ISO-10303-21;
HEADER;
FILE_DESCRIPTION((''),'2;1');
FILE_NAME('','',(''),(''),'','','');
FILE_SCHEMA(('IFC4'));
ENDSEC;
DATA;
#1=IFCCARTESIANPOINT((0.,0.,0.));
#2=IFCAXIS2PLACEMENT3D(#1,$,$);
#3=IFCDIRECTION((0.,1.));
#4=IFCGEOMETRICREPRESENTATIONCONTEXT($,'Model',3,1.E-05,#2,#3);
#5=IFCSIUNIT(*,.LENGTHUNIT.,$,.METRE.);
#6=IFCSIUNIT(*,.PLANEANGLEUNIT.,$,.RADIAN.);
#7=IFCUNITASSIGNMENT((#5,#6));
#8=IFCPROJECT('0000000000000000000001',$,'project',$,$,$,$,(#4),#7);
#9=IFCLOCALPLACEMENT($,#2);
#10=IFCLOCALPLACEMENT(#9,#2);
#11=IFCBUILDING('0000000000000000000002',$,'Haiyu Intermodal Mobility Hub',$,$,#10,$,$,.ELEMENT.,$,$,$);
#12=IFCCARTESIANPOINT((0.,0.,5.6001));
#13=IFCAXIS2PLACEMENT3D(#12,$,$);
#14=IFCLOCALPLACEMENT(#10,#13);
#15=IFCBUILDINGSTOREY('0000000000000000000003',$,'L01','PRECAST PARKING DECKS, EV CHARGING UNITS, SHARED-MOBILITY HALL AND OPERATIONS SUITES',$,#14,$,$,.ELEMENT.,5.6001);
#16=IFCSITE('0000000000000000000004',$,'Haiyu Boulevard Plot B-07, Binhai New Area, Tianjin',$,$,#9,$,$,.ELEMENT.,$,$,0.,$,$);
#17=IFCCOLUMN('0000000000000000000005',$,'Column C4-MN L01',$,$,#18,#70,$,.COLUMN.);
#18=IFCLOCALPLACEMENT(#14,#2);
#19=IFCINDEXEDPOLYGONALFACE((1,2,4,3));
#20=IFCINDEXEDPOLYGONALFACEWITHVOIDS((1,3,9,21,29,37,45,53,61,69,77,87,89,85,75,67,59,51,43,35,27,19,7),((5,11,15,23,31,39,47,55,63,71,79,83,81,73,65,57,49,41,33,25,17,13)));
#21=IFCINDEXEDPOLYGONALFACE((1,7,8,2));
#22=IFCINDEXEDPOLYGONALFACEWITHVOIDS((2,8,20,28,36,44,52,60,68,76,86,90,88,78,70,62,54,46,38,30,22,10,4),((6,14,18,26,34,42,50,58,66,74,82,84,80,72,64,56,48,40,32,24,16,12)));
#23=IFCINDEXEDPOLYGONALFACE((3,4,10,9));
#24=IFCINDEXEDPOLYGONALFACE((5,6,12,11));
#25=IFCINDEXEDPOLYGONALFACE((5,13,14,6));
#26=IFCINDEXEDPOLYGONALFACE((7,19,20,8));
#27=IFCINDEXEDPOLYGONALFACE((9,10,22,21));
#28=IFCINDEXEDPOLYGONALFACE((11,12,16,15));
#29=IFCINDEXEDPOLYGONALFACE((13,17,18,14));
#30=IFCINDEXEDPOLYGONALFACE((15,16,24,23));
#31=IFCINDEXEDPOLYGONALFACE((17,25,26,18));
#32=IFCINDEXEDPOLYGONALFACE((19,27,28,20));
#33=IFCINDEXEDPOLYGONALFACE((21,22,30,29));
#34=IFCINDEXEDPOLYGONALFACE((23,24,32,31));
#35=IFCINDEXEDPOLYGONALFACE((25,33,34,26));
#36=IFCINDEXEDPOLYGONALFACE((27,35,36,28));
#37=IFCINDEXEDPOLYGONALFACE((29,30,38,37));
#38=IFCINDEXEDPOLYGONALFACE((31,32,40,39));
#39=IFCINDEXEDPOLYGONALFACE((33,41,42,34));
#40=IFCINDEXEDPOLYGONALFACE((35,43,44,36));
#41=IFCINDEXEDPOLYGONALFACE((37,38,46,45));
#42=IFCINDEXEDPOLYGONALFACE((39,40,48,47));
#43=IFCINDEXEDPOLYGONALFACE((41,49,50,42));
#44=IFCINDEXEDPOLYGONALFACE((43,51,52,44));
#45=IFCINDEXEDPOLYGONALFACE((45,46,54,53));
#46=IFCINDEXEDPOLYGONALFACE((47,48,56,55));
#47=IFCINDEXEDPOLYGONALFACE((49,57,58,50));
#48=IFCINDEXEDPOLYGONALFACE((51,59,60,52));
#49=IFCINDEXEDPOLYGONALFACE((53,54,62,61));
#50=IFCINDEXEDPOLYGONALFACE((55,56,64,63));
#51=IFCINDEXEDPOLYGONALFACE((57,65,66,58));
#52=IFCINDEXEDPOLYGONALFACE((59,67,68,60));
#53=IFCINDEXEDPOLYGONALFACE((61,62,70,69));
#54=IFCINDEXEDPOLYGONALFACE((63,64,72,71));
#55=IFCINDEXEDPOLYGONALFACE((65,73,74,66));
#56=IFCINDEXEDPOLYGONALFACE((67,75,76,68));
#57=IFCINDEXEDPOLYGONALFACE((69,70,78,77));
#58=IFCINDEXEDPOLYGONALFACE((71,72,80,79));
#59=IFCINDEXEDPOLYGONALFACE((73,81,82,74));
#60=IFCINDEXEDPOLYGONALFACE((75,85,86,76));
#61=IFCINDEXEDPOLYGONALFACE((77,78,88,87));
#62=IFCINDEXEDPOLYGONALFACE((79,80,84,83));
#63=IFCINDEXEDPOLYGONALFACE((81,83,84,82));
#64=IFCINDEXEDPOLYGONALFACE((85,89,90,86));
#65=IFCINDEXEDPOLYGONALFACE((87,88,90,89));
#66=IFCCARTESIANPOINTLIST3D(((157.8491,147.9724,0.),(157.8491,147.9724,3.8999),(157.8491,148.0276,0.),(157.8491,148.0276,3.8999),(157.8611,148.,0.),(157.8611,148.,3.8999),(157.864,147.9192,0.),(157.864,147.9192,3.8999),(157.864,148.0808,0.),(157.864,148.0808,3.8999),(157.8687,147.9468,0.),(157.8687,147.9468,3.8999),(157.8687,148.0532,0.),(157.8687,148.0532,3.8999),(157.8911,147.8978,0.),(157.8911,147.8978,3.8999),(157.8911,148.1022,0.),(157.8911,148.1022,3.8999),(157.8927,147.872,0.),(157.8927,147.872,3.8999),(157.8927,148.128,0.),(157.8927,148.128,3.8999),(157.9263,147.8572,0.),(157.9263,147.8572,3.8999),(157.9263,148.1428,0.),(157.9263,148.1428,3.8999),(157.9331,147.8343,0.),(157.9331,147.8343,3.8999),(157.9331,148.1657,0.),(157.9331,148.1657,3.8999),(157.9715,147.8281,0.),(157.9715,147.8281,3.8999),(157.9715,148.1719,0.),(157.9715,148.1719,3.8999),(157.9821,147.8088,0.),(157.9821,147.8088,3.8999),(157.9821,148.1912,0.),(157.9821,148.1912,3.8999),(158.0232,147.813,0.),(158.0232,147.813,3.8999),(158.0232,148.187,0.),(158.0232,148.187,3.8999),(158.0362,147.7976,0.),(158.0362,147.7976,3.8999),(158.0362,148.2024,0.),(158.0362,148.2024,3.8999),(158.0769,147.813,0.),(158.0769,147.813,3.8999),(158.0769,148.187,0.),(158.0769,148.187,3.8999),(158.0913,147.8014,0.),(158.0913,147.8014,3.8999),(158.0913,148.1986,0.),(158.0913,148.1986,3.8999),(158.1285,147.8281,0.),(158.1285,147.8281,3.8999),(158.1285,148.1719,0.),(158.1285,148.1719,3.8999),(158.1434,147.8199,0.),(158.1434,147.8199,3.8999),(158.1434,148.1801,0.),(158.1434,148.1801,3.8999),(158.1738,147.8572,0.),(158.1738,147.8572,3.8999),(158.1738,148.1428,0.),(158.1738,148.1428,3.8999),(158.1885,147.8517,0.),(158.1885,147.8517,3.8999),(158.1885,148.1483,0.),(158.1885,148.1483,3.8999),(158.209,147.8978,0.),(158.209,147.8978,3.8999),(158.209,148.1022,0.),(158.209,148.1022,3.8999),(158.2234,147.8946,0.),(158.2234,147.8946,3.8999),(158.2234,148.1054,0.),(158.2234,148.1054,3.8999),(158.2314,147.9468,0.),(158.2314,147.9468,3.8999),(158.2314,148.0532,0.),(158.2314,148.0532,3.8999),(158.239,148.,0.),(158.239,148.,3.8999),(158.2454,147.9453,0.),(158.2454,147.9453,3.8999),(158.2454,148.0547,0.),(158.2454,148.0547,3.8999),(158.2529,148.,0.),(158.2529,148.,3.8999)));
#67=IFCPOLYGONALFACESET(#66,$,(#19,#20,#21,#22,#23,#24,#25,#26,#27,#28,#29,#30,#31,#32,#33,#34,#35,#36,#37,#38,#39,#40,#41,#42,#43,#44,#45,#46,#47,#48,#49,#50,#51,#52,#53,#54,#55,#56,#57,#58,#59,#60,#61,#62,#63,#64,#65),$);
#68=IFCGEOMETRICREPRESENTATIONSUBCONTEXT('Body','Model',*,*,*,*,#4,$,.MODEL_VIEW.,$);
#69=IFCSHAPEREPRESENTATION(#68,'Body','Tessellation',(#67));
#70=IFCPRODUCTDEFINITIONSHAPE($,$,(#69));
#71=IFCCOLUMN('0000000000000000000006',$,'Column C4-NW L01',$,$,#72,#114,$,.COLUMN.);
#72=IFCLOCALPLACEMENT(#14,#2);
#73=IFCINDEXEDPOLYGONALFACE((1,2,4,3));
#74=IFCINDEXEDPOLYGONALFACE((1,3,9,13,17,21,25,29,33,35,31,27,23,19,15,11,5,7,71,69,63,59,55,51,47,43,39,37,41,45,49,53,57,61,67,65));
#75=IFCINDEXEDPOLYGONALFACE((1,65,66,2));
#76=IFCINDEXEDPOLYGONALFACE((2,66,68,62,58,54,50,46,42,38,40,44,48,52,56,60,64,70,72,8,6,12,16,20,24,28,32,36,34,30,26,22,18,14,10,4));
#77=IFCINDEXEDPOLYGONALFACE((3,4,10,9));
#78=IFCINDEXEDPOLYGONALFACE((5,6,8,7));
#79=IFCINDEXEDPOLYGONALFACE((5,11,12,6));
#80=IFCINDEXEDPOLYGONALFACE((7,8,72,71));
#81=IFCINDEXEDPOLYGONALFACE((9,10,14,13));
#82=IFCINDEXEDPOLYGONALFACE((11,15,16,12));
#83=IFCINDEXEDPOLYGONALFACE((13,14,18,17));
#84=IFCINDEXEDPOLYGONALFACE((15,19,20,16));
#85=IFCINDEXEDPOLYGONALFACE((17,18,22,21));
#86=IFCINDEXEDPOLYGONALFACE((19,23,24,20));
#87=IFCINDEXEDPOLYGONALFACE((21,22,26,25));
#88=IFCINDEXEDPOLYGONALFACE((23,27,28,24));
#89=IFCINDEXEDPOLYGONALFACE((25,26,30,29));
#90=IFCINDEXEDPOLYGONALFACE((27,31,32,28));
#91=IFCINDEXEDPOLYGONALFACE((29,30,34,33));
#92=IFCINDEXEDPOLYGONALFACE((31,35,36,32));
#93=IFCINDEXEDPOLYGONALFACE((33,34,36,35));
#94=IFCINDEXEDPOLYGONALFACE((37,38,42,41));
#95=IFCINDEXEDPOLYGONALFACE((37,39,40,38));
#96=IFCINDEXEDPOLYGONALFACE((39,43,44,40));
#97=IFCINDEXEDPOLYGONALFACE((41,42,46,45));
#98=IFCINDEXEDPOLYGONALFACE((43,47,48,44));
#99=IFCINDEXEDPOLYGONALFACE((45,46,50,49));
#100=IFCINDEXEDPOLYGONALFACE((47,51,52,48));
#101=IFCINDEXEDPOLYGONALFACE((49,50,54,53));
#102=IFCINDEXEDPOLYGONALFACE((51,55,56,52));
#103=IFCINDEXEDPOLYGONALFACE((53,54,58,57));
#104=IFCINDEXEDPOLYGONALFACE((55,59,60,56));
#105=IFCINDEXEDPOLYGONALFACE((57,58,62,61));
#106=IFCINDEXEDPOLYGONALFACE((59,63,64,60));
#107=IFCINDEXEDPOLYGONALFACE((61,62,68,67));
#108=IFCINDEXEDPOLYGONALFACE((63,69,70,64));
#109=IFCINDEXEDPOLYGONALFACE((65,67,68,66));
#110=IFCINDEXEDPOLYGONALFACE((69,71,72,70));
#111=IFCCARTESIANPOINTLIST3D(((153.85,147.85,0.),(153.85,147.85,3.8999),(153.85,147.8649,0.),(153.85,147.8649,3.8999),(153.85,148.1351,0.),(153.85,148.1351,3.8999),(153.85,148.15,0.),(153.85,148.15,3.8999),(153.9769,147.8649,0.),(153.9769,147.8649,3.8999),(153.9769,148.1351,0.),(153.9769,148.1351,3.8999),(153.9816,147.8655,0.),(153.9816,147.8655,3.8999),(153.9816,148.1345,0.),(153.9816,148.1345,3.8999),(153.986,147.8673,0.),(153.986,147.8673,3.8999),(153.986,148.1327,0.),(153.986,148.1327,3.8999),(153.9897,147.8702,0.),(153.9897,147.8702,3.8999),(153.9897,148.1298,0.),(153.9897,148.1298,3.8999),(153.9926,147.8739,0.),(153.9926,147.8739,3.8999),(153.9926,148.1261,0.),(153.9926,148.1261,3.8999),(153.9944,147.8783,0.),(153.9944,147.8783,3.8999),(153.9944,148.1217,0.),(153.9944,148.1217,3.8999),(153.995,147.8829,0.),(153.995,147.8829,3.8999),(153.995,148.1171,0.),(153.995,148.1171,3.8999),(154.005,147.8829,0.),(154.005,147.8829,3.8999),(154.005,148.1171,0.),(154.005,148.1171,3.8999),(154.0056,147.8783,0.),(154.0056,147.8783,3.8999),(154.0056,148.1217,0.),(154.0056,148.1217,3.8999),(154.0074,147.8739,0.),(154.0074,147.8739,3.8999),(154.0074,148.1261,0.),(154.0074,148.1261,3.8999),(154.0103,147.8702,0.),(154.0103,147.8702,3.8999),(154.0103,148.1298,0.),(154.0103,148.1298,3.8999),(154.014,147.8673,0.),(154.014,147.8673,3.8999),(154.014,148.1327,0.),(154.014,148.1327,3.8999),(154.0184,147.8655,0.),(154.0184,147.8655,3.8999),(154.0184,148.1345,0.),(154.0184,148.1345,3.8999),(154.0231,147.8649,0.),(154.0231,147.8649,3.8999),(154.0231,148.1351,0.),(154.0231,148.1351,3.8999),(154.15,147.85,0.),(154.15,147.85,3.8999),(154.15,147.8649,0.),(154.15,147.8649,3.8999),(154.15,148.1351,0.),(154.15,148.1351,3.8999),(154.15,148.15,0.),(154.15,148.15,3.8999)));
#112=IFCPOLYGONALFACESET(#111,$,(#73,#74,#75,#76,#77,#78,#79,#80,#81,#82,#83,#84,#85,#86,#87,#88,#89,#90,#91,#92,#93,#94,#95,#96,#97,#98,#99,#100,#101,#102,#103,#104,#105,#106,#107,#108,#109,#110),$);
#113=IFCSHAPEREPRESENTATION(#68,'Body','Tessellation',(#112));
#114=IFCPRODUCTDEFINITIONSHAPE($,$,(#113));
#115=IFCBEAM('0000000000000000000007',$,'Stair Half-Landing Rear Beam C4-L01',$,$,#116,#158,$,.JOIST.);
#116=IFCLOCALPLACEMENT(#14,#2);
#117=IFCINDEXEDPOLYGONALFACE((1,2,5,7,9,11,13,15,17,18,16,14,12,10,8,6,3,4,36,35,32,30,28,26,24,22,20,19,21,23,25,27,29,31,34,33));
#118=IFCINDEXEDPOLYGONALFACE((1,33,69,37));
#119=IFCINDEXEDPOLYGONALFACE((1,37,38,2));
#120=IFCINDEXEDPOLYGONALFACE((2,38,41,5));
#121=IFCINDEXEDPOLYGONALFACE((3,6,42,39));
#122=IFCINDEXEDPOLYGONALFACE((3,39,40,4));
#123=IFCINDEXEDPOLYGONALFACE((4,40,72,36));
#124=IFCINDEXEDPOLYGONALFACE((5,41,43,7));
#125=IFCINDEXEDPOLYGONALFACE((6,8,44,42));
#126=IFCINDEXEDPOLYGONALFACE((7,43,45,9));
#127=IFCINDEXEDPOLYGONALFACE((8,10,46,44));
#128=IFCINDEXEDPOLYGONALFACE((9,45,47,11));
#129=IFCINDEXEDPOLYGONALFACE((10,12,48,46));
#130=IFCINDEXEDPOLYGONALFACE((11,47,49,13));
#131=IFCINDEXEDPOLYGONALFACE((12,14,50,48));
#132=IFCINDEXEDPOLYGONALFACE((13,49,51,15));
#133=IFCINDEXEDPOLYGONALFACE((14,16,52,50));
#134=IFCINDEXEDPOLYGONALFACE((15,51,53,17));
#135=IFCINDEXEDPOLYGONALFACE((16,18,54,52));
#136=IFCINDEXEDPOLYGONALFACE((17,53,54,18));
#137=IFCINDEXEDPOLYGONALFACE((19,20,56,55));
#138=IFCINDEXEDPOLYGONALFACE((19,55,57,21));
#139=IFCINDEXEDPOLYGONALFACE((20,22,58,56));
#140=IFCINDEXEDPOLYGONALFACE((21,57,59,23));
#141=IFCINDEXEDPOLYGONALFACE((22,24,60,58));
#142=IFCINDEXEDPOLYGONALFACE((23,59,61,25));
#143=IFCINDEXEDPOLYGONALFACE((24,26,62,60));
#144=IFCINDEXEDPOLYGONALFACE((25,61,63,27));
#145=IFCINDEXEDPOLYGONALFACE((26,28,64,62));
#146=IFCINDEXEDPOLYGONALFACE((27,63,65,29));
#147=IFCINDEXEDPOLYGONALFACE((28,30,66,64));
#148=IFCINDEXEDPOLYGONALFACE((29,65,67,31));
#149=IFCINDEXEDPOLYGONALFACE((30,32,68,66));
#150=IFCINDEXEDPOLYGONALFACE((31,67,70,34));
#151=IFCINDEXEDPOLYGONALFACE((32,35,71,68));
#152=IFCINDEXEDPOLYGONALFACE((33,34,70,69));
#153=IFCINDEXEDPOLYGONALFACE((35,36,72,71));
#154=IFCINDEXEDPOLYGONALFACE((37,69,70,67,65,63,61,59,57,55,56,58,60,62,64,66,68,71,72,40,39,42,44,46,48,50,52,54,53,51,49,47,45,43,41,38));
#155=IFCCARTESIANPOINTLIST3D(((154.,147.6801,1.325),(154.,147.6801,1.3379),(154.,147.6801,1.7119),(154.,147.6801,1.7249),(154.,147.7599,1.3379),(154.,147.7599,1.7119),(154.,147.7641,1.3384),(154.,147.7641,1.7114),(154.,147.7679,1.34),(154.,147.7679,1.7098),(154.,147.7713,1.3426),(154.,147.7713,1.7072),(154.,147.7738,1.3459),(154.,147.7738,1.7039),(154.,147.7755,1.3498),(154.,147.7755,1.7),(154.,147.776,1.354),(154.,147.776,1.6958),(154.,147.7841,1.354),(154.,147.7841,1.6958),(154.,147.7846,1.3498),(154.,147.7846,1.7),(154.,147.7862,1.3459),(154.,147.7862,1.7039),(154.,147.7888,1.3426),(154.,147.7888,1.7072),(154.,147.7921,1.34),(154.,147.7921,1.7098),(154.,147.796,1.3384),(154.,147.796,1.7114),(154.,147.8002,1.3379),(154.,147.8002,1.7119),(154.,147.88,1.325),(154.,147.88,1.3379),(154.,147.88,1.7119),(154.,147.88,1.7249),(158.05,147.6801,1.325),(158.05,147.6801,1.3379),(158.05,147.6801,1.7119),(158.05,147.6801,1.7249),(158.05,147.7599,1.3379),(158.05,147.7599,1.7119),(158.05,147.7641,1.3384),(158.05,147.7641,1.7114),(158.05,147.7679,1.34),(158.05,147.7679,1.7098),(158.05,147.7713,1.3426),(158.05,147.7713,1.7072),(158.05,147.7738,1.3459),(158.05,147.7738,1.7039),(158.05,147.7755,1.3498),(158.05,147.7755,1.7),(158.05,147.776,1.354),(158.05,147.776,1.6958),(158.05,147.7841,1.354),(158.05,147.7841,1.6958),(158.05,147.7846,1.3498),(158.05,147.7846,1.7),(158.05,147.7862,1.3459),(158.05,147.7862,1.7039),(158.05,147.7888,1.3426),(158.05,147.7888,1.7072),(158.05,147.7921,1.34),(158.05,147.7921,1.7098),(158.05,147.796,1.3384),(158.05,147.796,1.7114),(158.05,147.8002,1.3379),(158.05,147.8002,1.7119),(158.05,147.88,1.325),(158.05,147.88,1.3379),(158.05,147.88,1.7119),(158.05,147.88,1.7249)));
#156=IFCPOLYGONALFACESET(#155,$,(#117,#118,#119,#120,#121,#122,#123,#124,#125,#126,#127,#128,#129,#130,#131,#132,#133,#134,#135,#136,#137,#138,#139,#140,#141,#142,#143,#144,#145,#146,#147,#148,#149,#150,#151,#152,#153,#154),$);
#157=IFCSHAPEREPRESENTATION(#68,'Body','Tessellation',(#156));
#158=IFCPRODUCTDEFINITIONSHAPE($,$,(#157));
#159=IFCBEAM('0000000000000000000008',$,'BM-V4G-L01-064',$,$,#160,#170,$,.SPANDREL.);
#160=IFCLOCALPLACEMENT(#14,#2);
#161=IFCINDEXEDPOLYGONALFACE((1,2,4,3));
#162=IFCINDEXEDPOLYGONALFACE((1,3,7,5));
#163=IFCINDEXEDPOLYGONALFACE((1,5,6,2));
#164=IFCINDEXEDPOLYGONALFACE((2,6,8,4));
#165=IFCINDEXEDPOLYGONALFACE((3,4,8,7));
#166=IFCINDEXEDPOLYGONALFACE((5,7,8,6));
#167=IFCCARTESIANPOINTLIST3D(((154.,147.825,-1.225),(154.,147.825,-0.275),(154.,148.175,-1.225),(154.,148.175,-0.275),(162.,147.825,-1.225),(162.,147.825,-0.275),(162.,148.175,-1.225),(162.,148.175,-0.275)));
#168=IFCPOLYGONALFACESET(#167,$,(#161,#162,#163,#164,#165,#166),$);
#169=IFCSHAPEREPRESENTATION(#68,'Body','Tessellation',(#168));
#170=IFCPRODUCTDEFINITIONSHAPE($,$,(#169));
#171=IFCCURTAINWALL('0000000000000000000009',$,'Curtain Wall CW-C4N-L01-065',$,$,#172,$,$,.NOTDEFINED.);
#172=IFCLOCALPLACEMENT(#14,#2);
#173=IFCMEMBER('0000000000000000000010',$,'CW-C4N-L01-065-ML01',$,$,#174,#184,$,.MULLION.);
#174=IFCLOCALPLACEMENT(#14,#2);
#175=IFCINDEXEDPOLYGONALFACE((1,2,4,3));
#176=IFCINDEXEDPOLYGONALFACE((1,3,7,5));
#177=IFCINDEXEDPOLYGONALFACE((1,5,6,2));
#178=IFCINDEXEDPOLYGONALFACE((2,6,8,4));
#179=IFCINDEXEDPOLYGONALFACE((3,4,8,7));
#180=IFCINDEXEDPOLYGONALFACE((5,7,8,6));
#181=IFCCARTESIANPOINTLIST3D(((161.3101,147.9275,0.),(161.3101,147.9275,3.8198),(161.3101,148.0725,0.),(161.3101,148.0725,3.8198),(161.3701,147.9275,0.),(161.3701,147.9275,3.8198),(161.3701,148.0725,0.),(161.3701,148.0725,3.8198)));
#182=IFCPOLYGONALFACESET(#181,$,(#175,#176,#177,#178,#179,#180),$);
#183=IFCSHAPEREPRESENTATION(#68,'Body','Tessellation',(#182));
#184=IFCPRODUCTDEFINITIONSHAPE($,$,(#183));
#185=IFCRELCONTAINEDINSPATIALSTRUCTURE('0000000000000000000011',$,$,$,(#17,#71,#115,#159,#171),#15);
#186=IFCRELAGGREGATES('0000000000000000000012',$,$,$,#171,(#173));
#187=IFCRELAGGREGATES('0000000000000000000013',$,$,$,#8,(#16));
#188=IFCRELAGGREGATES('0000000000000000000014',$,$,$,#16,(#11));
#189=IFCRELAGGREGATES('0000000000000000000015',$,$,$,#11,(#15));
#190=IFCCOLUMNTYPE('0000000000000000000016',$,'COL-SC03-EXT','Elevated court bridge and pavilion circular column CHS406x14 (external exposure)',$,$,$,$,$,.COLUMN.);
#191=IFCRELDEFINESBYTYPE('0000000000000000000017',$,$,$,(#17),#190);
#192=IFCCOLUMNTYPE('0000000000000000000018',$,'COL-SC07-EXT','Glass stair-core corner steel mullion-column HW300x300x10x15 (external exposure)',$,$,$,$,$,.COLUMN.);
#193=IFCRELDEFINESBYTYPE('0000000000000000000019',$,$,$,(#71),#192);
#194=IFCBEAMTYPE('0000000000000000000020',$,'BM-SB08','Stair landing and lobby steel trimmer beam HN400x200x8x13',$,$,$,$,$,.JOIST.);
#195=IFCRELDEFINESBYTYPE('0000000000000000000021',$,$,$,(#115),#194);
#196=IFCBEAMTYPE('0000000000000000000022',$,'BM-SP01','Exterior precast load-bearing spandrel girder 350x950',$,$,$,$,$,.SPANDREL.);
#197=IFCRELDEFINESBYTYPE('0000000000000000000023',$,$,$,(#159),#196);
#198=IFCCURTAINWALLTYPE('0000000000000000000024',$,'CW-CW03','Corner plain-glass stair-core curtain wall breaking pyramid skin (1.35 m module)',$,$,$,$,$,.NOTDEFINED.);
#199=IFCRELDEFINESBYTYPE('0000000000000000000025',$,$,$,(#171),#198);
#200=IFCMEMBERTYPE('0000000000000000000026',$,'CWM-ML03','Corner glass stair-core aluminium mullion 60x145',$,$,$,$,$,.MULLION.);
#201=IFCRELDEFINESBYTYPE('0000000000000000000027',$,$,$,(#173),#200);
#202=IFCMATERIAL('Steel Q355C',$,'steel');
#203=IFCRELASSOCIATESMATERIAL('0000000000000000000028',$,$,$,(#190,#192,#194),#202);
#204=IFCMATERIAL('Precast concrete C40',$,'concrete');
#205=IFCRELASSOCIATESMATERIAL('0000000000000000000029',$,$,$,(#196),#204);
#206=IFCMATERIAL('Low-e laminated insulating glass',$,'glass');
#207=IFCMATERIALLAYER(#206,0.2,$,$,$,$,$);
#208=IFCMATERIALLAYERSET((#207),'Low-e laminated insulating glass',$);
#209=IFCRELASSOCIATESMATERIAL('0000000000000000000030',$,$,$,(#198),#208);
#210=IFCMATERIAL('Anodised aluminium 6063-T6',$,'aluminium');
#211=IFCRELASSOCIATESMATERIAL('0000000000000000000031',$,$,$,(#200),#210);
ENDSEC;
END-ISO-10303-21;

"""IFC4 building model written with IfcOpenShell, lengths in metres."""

from ifc_helpers import new_model, si_unit, direction, frame, origin, origin_2d, place, context, subcontext, project, spatial, rectangle, hollow_circle, i_section, extrude, material, layer, layer_set, material_profile, profile_set, type_object, element, aggregate, save


model = new_model("IFC4")

# Units and contexts
model_context = context("Model", 3, precision=1e-05, world=origin(), true_north=direction((0.0, 1.0)))
body_context = subcontext(model_context, "Body", "Model", "MODEL_VIEW")
ifc_project = project(units=[si_unit("LENGTHUNIT", "METRE"), si_unit("PLANEANGLEUNIT", "RADIAN")], contexts=[model_context])

# Site, building, storey
site_placement = place(None, origin())
site = spatial("IfcSite", under=ifc_project, at=site_placement, Name="Haiyu Boulevard Plot B-07, Binhai New Area, Tianjin", CompositionType="ELEMENT", RefElevation=0.0)
building_placement = place(site_placement, origin())
building = spatial("IfcBuilding", under=site, at=building_placement, Name="Haiyu Intermodal Mobility Hub", CompositionType="ELEMENT")
storey_placement = place(building_placement, frame((0.0, 0.0, 5.6001)))
storey = spatial("IfcBuildingStorey", under=building, at=storey_placement, Name="L01", Description="PRECAST PARKING DECKS, EV CHARGING UNITS, SHARED-MOBILITY HALL AND OPERATIONS SUITES", CompositionType="ELEMENT", Elevation=5.6001)

# Columns
ifc_material_1 = material(Name="Steel Q355C", Category="steel")
ifc_material_profile_1 = material_profile(ifc_material_1, hollow_circle(Radius=0.2029, WallThickness=0.0139, at=origin_2d()), Name="CHS406x14")
ifc_profile_set_1 = profile_set([ifc_material_profile_1], Name="Steel Q355C")
column_type_1 = type_object("IfcColumnType", Name="COL-SC03-EXT", Description="Elevated court bridge and pavilion circular column CHS406x14 (external exposure)", PredefinedType="COLUMN", material=ifc_profile_set_1)
column_1_placement = place(storey_placement, frame((158.05, 148.0, 0.0), z_axis=(0.0, 0.0, 1.0), x_axis=(1.0, 0.0, 0.0)))
element("IfcColumn", 1, at=column_1_placement, inside=storey, type_object=column_type_1, Name="Column C4-MN L01", PredefinedType="COLUMN", context=body_context, shape_type="SweptSolid", body=[
    extrude(hollow_circle(Radius=0.2029, WallThickness=0.0139, at=origin_2d()), origin(), (0.0, 0.0, 1.0), 3.8999),
])
ifc_material_profile_2 = material_profile(ifc_material_1, i_section(OverallWidth=0.3, OverallDepth=0.3, WebThickness=0.01, FlangeThickness=0.0149, FilletRadius=0.0181, at=origin_2d()), Name="HW300x300x10x15")
ifc_profile_set_2 = profile_set([ifc_material_profile_2], Name="Steel Q355C")
column_type_2 = type_object("IfcColumnType", Name="COL-SC07-EXT", Description="Glass stair-core corner steel mullion-column HW300x300x10x15 (external exposure)", PredefinedType="COLUMN", material=ifc_profile_set_2)
column_2_placement = place(storey_placement, frame((154.0, 148.0, 0.0), z_axis=(0.0, 0.0, 1.0), x_axis=(1.0, 0.0, 0.0)))
element("IfcColumn", 2, at=column_2_placement, inside=storey, type_object=column_type_2, Name="Column C4-NW L01", PredefinedType="COLUMN", context=body_context, shape_type="SweptSolid", body=[
    extrude(i_section(OverallWidth=0.3, OverallDepth=0.3, WebThickness=0.01, FlangeThickness=0.0149, FilletRadius=0.0181, at=origin_2d()), origin(), (0.0, 0.0, 1.0), 3.8999),
])

# Beams
ifc_material_profile_3 = material_profile(ifc_material_1, i_section(OverallWidth=0.2, OverallDepth=0.3999, WebThickness=0.0081, FlangeThickness=0.0129, FilletRadius=0.0161, at=origin_2d()), Name="HN400x200x8x13")
ifc_profile_set_3 = profile_set([ifc_material_profile_3], Name="Steel Q355C")
beam_type_1 = type_object("IfcBeamType", Name="BM-SB08", Description="Stair landing and lobby steel trimmer beam HN400x200x8x13", PredefinedType="JOIST", material=ifc_profile_set_3)
beam_1_placement = place(storey_placement, frame((154.0, 147.78, 1.5249), z_axis=(1.0, 0.0, 0.0), x_axis=(0.0, 1.0, 0.0)))
element("IfcBeam", 3, at=beam_1_placement, inside=storey, type_object=beam_type_1, Name="Stair Half-Landing Rear Beam C4-L01", PredefinedType="JOIST", context=body_context, shape_type="SweptSolid", body=[
    extrude(i_section(OverallWidth=0.2, OverallDepth=0.3999, WebThickness=0.0081, FlangeThickness=0.0129, FilletRadius=0.0161, at=origin_2d()), origin(), (0.0, 0.0, 1.0), 4.05),
])
ifc_material_2 = material(Name="Precast concrete C40", Category="concrete")
ifc_material_profile_4 = material_profile(ifc_material_2, rectangle(XDim=0.3501, YDim=0.95, at=origin_2d()), Name="PC350x950")
ifc_profile_set_4 = profile_set([ifc_material_profile_4], Name="Precast concrete C40")
beam_type_2 = type_object("IfcBeamType", Name="BM-SP01", Description="Exterior precast load-bearing spandrel girder 350x950", PredefinedType="SPANDREL", material=ifc_profile_set_4)
beam_2_placement = place(storey_placement, frame((154.0, 148.0, -0.75), z_axis=(1.0, 0.0, 0.0), x_axis=(0.0, 1.0, 0.0)))
element("IfcBeam", 4, at=beam_2_placement, inside=storey, type_object=beam_type_2, Name="BM-V4G-L01-064", PredefinedType="SPANDREL", context=body_context, shape_type="SweptSolid", body=[
    extrude(rectangle(XDim=0.3501, YDim=0.95, at=origin_2d()), origin(), (0.0, 0.0, 1.0), 8.0),
])

# Curtain wall, member
ifc_material_3 = material(Name="Low-e laminated insulating glass", Category="glass")
ifc_layer_1 = layer(ifc_material_3, 0.2)
ifc_layer_set_1 = layer_set([ifc_layer_1], Name="Low-e laminated insulating glass")
curtain_wall_type = type_object("IfcCurtainWallType", Name="CW-CW03", Description="Corner plain-glass stair-core curtain wall breaking pyramid skin (1.35 m module)", PredefinedType="NOTDEFINED", material=ifc_layer_set_1)
curtain_wall_placement = place(storey_placement, origin())
curtain_wall = element("IfcCurtainWall", 5, at=curtain_wall_placement, inside=storey, type_object=curtain_wall_type, Name="Curtain Wall CW-C4N-L01-065", PredefinedType="NOTDEFINED")
ifc_material_4 = material(Name="Anodised aluminium 6063-T6", Category="aluminium")
ifc_material_profile_5 = material_profile(ifc_material_4, rectangle(XDim=0.0601, YDim=0.145, at=origin_2d()), Name="ALU60x145")
ifc_profile_set_5 = profile_set([ifc_material_profile_5], Name="Anodised aluminium 6063-T6")
member_type_1 = type_object("IfcMemberType", Name="CWM-ML03", Description="Corner glass stair-core aluminium mullion 60x145", PredefinedType="MULLION", material=ifc_profile_set_5)
member_1_placement = place(storey_placement, frame((161.3401, 148.0, 0.0), z_axis=(0.0, 0.0, 1.0), x_axis=(1.0, 0.0, 0.0)))
member_1 = element("IfcMember", 6, at=member_1_placement, type_object=member_type_1, Name="CW-C4N-L01-065-ML01", PredefinedType="MULLION", context=body_context, shape_type="SweptSolid", body=[
    extrude(rectangle(XDim=0.0601, YDim=0.145, at=origin_2d()), origin(), (0.0, 0.0, 1.0), 3.8198),
])
aggregate(curtain_wall, [member_1])

save(model, "model.ifc")
